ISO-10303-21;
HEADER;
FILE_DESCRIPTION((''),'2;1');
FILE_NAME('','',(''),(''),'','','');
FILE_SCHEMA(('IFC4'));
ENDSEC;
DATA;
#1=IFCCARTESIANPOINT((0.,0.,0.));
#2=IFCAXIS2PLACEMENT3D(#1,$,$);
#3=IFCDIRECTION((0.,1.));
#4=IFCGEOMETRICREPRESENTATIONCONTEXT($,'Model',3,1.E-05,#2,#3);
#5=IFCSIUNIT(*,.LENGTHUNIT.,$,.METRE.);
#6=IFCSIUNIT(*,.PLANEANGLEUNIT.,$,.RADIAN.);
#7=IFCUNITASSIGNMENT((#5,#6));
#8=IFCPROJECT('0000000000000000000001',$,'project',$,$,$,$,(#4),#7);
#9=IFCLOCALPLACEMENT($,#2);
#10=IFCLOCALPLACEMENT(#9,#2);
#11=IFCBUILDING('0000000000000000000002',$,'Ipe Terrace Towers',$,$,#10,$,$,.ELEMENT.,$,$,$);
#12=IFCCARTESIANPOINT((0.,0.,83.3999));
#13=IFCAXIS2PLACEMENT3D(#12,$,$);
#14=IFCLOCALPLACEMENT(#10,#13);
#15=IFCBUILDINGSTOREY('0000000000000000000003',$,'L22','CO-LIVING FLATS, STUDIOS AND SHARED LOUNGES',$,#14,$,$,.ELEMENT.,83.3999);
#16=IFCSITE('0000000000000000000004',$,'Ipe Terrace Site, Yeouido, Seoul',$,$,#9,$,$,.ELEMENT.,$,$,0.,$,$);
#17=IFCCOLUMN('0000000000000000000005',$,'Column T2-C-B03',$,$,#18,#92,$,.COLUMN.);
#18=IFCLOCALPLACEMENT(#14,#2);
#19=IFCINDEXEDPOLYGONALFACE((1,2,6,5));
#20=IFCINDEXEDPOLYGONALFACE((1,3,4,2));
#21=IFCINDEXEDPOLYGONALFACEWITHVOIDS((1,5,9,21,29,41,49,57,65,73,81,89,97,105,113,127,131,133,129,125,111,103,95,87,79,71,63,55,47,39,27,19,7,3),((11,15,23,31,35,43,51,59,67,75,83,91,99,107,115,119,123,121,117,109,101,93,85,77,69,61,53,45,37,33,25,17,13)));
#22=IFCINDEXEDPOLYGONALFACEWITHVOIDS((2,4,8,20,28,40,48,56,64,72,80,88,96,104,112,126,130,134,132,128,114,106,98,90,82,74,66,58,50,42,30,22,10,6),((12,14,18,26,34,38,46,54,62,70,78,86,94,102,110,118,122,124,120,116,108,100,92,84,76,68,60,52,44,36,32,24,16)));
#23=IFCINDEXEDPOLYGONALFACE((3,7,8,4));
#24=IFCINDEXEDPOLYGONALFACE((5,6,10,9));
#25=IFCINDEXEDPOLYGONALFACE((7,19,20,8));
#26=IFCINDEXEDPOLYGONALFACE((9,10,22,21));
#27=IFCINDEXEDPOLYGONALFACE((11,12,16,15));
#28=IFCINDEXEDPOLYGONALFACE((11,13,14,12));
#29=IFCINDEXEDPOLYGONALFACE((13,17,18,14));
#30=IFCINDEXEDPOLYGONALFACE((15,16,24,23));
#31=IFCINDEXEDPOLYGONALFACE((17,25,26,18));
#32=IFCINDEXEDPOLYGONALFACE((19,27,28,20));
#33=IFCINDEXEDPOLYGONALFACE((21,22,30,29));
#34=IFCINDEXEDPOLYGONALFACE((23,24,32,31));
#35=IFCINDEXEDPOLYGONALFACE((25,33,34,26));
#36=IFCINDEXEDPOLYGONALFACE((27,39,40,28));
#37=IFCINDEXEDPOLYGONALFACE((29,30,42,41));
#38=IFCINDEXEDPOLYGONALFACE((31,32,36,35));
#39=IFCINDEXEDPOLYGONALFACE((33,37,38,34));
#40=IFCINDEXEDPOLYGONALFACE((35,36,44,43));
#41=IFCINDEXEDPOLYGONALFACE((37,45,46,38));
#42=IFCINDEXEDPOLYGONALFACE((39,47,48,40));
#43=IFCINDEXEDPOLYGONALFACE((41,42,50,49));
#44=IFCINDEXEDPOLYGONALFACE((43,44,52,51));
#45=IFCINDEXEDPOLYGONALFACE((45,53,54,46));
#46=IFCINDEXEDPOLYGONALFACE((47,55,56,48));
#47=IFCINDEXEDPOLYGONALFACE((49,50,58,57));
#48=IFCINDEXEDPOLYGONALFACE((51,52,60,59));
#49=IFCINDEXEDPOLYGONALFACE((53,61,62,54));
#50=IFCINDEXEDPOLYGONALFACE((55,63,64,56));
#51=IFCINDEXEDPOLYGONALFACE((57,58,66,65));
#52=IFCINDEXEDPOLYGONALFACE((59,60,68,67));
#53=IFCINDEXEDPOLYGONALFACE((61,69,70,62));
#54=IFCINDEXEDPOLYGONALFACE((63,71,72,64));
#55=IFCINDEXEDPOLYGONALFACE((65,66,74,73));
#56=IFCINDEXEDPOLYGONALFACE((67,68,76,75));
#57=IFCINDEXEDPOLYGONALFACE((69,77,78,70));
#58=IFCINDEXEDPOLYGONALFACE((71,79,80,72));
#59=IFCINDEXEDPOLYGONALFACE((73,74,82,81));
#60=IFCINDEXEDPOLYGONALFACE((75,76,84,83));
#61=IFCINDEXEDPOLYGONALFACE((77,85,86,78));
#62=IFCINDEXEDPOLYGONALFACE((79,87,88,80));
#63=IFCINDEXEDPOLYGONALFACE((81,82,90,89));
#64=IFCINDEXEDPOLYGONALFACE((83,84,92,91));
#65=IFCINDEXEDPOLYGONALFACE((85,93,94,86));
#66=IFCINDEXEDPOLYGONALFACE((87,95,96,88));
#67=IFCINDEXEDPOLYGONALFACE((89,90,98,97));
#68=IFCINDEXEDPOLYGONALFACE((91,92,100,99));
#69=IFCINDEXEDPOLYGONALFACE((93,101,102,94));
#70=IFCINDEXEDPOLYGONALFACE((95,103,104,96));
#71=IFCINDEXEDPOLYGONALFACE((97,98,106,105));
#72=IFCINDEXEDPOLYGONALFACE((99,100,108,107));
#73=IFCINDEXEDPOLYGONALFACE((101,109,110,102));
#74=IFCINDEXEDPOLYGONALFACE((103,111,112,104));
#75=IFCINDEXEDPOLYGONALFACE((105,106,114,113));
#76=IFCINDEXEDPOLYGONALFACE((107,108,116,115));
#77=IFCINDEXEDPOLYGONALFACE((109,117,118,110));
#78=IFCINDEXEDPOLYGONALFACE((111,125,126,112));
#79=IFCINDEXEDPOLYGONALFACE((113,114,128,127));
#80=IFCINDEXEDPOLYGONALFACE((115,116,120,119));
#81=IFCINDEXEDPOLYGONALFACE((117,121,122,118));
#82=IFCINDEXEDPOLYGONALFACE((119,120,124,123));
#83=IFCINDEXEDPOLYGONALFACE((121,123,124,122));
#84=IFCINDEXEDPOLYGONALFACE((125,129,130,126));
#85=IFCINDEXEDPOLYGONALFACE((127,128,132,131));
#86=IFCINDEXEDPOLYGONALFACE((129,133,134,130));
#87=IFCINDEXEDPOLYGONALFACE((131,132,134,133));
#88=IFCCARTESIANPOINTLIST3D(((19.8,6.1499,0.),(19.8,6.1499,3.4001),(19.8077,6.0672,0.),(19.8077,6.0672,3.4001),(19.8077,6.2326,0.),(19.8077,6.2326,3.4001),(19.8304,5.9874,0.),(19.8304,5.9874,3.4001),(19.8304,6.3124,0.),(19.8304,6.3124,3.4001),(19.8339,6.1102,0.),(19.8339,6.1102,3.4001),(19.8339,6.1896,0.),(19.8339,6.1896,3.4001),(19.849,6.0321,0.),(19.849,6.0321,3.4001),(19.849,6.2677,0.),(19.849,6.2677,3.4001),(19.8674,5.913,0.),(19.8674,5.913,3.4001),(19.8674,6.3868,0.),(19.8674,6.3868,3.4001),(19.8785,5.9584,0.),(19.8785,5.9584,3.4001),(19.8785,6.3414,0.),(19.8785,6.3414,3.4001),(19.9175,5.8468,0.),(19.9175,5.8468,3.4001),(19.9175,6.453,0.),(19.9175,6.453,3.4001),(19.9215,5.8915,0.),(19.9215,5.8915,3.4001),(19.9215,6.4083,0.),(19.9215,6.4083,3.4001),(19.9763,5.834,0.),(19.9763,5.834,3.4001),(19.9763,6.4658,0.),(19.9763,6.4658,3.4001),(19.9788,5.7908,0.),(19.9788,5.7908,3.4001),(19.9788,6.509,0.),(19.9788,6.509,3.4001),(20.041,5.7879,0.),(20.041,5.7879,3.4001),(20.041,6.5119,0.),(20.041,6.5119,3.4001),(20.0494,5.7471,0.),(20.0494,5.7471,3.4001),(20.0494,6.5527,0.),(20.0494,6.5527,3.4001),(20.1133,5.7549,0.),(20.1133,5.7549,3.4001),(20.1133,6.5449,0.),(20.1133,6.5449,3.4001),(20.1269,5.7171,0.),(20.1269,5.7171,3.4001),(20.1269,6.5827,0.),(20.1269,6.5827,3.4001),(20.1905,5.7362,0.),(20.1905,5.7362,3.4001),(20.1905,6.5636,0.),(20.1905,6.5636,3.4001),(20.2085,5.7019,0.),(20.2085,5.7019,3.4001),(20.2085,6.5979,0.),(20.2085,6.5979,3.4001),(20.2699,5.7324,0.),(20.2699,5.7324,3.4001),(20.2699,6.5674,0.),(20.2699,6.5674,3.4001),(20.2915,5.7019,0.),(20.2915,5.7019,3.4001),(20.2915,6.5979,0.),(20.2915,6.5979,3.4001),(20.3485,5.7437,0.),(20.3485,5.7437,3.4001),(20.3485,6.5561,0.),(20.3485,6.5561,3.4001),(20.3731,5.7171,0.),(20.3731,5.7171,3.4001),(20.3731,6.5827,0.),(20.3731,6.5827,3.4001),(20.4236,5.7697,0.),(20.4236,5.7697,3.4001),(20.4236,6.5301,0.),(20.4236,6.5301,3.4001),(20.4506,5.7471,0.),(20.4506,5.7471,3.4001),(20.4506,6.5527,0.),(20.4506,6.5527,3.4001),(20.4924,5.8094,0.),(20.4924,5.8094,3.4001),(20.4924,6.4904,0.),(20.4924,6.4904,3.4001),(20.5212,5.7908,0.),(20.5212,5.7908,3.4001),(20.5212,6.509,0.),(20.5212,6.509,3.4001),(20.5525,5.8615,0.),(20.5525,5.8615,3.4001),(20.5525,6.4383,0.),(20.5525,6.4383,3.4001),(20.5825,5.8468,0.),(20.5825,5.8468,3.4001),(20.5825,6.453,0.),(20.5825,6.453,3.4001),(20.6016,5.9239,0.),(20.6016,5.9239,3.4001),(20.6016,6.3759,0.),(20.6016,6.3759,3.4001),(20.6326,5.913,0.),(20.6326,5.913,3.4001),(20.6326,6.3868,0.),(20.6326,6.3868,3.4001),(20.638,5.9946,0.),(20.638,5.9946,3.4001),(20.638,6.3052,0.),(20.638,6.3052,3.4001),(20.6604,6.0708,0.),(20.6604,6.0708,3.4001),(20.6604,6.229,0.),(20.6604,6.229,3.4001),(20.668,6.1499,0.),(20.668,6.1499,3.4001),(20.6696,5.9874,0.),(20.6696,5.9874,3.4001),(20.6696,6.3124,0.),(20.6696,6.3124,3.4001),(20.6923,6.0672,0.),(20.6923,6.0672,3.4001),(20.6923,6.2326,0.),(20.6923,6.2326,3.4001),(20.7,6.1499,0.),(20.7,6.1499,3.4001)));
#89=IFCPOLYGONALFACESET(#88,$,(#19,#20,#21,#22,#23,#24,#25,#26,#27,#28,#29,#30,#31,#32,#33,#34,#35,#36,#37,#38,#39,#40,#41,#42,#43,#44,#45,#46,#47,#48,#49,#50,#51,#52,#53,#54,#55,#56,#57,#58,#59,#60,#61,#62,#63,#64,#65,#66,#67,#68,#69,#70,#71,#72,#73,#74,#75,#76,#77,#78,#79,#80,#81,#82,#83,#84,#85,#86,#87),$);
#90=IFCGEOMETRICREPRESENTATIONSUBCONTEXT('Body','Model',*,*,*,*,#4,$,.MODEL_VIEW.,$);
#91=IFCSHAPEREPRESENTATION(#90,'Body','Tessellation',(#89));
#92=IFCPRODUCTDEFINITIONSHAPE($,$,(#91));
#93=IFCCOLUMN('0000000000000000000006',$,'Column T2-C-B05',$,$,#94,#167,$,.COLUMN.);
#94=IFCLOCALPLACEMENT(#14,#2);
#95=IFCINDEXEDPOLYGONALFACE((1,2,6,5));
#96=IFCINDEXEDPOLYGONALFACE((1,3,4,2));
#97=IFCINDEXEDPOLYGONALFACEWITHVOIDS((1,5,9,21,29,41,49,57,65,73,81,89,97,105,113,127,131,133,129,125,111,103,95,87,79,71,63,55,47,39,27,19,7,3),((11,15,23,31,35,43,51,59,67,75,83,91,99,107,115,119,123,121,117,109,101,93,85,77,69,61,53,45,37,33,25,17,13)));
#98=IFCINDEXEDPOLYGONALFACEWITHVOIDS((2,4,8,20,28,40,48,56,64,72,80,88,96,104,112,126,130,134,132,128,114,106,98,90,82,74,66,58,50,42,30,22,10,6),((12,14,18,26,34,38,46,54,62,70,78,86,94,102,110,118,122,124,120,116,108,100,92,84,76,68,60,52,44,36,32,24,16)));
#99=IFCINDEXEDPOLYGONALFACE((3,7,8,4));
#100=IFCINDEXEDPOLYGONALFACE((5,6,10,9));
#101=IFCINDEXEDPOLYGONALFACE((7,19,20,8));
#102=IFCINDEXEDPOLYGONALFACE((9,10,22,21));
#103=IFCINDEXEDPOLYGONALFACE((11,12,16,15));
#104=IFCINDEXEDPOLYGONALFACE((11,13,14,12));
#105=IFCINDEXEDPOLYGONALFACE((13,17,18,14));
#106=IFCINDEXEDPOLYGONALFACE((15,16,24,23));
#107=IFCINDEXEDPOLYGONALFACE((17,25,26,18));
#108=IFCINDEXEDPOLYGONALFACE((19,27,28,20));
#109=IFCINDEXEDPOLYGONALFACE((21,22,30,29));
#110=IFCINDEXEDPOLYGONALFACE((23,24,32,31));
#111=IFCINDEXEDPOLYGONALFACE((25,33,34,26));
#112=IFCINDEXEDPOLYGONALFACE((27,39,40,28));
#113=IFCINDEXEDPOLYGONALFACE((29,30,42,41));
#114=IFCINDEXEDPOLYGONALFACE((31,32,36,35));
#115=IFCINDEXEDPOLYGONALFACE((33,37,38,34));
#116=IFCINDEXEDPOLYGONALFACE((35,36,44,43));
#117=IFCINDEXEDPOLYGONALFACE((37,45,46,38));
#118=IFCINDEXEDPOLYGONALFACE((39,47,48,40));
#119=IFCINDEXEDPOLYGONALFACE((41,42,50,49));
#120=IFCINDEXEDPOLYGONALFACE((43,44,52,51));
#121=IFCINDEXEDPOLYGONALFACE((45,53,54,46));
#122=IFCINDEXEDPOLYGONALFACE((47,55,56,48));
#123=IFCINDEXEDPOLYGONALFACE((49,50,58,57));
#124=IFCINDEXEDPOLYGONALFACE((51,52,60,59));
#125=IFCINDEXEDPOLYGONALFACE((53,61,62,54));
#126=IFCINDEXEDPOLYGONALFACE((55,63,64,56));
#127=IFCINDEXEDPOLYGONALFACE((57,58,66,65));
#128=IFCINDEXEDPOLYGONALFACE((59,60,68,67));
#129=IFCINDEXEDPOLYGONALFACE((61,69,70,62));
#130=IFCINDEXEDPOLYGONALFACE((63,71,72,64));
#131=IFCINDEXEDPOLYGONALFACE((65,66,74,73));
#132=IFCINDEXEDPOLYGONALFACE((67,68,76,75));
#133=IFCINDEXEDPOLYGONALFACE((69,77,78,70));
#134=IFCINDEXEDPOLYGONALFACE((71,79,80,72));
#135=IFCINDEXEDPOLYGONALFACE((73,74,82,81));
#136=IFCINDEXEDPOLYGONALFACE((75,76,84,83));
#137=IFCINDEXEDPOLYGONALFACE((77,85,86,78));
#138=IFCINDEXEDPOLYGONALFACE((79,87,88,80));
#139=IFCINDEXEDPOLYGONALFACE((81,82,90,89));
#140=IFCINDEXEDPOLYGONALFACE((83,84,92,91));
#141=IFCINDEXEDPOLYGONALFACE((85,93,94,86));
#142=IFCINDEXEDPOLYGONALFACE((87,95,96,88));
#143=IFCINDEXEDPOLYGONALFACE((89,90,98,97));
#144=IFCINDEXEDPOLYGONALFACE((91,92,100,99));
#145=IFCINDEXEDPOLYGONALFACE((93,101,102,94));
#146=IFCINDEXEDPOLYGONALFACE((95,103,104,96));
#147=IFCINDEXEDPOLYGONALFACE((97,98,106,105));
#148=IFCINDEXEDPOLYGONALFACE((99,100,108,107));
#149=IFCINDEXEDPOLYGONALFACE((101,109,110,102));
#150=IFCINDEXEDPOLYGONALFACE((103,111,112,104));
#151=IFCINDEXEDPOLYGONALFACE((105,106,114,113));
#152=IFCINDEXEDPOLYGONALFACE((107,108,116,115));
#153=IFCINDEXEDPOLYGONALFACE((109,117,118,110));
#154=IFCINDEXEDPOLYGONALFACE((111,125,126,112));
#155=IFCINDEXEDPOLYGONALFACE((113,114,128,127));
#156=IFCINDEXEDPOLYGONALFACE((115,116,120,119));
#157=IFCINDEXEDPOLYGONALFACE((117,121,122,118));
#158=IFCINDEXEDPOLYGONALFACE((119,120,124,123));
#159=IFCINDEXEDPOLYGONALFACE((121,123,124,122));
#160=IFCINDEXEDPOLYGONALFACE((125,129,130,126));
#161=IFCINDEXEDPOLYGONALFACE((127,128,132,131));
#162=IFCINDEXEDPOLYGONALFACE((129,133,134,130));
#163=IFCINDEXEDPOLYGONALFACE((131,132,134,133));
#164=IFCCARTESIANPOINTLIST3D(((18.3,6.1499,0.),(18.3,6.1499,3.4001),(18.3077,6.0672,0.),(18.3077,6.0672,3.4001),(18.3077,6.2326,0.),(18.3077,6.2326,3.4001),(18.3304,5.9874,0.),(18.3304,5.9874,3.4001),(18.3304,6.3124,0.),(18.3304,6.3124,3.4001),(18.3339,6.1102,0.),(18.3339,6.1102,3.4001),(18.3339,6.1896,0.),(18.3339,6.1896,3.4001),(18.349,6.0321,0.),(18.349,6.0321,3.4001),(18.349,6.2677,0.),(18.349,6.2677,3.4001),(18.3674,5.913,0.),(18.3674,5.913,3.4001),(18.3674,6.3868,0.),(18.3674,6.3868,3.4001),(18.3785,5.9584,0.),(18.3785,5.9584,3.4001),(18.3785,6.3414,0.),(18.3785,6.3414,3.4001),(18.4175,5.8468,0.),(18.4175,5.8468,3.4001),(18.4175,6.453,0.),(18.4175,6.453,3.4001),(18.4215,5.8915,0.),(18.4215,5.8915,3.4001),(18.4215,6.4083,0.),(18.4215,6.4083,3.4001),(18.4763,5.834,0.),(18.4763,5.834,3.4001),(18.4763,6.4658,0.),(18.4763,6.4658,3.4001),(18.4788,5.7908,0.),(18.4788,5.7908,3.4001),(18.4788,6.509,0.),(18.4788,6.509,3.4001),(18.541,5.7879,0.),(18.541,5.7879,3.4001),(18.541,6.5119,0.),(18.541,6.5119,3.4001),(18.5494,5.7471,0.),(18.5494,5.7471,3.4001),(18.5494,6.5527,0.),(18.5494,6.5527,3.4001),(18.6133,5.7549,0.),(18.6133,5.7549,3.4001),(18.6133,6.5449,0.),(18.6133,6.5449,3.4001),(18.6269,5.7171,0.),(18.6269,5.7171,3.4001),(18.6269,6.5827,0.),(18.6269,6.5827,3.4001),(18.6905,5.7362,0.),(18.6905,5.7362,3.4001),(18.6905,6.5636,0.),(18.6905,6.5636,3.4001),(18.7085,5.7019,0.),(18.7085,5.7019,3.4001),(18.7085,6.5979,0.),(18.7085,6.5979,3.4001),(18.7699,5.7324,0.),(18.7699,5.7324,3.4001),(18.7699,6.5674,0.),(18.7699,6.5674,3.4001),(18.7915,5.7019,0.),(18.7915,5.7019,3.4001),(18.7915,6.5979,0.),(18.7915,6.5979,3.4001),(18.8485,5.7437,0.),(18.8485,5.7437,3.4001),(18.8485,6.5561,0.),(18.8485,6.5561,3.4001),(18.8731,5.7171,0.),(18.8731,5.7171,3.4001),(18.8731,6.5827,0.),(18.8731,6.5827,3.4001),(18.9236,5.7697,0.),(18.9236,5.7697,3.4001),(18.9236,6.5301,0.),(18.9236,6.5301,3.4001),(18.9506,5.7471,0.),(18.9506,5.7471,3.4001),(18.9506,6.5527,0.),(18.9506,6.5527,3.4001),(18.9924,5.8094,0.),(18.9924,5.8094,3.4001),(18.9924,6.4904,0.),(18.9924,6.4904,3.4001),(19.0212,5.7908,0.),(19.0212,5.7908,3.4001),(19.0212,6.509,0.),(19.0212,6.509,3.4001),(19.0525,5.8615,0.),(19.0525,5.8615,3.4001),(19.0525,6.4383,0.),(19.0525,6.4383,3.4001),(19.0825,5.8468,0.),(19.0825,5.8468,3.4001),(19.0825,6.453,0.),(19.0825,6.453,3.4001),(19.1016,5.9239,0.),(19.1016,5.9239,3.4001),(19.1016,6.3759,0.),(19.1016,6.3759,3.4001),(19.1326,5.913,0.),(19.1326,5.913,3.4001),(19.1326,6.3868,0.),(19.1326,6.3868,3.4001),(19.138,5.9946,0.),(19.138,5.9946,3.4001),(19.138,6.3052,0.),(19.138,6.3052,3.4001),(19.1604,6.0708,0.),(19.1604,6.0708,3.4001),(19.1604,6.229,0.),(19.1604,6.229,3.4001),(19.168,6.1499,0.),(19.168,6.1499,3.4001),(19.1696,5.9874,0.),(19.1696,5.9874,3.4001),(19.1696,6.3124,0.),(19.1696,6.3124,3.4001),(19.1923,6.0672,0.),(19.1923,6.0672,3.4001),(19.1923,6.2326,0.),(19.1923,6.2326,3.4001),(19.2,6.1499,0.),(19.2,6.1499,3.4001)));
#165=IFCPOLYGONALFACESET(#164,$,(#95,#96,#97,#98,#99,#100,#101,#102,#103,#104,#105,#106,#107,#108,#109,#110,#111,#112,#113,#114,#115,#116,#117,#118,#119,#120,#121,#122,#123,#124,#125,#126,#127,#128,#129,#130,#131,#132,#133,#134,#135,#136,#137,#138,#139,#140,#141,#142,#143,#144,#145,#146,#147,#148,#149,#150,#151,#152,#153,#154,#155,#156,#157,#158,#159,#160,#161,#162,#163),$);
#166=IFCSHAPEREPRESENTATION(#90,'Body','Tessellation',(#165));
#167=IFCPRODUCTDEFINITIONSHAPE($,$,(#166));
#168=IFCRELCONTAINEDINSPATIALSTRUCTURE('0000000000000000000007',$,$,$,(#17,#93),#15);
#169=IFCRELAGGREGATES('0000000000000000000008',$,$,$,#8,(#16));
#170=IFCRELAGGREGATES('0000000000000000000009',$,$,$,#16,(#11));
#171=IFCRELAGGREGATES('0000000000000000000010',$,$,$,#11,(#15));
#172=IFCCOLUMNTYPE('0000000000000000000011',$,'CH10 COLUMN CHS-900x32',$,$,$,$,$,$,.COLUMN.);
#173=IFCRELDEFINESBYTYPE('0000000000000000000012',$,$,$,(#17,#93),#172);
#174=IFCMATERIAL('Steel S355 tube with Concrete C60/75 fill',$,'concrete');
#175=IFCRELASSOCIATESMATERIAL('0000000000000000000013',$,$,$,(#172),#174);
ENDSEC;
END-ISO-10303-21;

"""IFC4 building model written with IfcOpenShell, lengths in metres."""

from ifc_helpers import new_model, si_unit, direction, frame, origin, origin_2d, place, context, subcontext, project, spatial, hollow_circle, extrude, material, material_profile, profile_set, type_object, element, save


model = new_model("IFC4")

# Units and contexts
model_context = context("Model", 3, precision=1e-05, world=origin(), true_north=direction((0.0, 1.0)))
body_context = subcontext(model_context, "Body", "Model", "MODEL_VIEW")
ifc_project = project(units=[si_unit("LENGTHUNIT", "METRE"), si_unit("PLANEANGLEUNIT", "RADIAN")], contexts=[model_context])

# Site, building, storey
site_placement = place(None, origin())
site = spatial("IfcSite", under=ifc_project, at=site_placement, Name="Ipe Terrace Site, Yeouido, Seoul", CompositionType="ELEMENT", RefElevation=0.0)
building_placement = place(site_placement, origin())
building = spatial("IfcBuilding", under=site, at=building_placement, Name="Ipe Terrace Towers", CompositionType="ELEMENT")
storey_placement = place(building_placement, frame((0.0, 0.0, 83.3999)))
storey = spatial("IfcBuildingStorey", under=building, at=storey_placement, Name="L22", Description="CO-LIVING FLATS, STUDIOS AND SHARED LOUNGES", CompositionType="ELEMENT", Elevation=83.3999)

# Columns
ifc_material_1 = material(Name="Steel S355 tube with Concrete C60/75 fill", Category="concrete")
ifc_material_profile_1 = material_profile(ifc_material_1, hollow_circle(Radius=0.45, WallThickness=0.032, at=origin_2d()), Name="CHS-900x32")
ifc_profile_set_1 = profile_set([ifc_material_profile_1], Name="Steel S355 tube with Concrete C60/75 fill")
column_type = type_object("IfcColumnType", Name="CH10 COLUMN CHS-900x32", PredefinedType="COLUMN", material=ifc_profile_set_1)
for number, where, z_axis, x_axis, name in (
    (1, (20.25, 6.1499, 0.0), (0.0, 0.0, 1.0), (1.0, 0.0, 0.0), "Column T2-C-B03"),
    (2, (18.75, 6.1499, 0.0), (0.0, 0.0, 1.0), (1.0, 0.0, 0.0), "Column T2-C-B05"),
):
    element("IfcColumn", number, at=place(storey_placement, frame(where, z_axis=z_axis, x_axis=x_axis)), inside=storey, type_object=column_type, Name=name, PredefinedType="COLUMN", context=body_context, shape_type="SweptSolid", body=[
        extrude(hollow_circle(Radius=0.45, WallThickness=0.032, at=origin_2d()), origin(), (0.0, 0.0, 1.0), 3.4001),
    ])

save(model, "model.ifc")
